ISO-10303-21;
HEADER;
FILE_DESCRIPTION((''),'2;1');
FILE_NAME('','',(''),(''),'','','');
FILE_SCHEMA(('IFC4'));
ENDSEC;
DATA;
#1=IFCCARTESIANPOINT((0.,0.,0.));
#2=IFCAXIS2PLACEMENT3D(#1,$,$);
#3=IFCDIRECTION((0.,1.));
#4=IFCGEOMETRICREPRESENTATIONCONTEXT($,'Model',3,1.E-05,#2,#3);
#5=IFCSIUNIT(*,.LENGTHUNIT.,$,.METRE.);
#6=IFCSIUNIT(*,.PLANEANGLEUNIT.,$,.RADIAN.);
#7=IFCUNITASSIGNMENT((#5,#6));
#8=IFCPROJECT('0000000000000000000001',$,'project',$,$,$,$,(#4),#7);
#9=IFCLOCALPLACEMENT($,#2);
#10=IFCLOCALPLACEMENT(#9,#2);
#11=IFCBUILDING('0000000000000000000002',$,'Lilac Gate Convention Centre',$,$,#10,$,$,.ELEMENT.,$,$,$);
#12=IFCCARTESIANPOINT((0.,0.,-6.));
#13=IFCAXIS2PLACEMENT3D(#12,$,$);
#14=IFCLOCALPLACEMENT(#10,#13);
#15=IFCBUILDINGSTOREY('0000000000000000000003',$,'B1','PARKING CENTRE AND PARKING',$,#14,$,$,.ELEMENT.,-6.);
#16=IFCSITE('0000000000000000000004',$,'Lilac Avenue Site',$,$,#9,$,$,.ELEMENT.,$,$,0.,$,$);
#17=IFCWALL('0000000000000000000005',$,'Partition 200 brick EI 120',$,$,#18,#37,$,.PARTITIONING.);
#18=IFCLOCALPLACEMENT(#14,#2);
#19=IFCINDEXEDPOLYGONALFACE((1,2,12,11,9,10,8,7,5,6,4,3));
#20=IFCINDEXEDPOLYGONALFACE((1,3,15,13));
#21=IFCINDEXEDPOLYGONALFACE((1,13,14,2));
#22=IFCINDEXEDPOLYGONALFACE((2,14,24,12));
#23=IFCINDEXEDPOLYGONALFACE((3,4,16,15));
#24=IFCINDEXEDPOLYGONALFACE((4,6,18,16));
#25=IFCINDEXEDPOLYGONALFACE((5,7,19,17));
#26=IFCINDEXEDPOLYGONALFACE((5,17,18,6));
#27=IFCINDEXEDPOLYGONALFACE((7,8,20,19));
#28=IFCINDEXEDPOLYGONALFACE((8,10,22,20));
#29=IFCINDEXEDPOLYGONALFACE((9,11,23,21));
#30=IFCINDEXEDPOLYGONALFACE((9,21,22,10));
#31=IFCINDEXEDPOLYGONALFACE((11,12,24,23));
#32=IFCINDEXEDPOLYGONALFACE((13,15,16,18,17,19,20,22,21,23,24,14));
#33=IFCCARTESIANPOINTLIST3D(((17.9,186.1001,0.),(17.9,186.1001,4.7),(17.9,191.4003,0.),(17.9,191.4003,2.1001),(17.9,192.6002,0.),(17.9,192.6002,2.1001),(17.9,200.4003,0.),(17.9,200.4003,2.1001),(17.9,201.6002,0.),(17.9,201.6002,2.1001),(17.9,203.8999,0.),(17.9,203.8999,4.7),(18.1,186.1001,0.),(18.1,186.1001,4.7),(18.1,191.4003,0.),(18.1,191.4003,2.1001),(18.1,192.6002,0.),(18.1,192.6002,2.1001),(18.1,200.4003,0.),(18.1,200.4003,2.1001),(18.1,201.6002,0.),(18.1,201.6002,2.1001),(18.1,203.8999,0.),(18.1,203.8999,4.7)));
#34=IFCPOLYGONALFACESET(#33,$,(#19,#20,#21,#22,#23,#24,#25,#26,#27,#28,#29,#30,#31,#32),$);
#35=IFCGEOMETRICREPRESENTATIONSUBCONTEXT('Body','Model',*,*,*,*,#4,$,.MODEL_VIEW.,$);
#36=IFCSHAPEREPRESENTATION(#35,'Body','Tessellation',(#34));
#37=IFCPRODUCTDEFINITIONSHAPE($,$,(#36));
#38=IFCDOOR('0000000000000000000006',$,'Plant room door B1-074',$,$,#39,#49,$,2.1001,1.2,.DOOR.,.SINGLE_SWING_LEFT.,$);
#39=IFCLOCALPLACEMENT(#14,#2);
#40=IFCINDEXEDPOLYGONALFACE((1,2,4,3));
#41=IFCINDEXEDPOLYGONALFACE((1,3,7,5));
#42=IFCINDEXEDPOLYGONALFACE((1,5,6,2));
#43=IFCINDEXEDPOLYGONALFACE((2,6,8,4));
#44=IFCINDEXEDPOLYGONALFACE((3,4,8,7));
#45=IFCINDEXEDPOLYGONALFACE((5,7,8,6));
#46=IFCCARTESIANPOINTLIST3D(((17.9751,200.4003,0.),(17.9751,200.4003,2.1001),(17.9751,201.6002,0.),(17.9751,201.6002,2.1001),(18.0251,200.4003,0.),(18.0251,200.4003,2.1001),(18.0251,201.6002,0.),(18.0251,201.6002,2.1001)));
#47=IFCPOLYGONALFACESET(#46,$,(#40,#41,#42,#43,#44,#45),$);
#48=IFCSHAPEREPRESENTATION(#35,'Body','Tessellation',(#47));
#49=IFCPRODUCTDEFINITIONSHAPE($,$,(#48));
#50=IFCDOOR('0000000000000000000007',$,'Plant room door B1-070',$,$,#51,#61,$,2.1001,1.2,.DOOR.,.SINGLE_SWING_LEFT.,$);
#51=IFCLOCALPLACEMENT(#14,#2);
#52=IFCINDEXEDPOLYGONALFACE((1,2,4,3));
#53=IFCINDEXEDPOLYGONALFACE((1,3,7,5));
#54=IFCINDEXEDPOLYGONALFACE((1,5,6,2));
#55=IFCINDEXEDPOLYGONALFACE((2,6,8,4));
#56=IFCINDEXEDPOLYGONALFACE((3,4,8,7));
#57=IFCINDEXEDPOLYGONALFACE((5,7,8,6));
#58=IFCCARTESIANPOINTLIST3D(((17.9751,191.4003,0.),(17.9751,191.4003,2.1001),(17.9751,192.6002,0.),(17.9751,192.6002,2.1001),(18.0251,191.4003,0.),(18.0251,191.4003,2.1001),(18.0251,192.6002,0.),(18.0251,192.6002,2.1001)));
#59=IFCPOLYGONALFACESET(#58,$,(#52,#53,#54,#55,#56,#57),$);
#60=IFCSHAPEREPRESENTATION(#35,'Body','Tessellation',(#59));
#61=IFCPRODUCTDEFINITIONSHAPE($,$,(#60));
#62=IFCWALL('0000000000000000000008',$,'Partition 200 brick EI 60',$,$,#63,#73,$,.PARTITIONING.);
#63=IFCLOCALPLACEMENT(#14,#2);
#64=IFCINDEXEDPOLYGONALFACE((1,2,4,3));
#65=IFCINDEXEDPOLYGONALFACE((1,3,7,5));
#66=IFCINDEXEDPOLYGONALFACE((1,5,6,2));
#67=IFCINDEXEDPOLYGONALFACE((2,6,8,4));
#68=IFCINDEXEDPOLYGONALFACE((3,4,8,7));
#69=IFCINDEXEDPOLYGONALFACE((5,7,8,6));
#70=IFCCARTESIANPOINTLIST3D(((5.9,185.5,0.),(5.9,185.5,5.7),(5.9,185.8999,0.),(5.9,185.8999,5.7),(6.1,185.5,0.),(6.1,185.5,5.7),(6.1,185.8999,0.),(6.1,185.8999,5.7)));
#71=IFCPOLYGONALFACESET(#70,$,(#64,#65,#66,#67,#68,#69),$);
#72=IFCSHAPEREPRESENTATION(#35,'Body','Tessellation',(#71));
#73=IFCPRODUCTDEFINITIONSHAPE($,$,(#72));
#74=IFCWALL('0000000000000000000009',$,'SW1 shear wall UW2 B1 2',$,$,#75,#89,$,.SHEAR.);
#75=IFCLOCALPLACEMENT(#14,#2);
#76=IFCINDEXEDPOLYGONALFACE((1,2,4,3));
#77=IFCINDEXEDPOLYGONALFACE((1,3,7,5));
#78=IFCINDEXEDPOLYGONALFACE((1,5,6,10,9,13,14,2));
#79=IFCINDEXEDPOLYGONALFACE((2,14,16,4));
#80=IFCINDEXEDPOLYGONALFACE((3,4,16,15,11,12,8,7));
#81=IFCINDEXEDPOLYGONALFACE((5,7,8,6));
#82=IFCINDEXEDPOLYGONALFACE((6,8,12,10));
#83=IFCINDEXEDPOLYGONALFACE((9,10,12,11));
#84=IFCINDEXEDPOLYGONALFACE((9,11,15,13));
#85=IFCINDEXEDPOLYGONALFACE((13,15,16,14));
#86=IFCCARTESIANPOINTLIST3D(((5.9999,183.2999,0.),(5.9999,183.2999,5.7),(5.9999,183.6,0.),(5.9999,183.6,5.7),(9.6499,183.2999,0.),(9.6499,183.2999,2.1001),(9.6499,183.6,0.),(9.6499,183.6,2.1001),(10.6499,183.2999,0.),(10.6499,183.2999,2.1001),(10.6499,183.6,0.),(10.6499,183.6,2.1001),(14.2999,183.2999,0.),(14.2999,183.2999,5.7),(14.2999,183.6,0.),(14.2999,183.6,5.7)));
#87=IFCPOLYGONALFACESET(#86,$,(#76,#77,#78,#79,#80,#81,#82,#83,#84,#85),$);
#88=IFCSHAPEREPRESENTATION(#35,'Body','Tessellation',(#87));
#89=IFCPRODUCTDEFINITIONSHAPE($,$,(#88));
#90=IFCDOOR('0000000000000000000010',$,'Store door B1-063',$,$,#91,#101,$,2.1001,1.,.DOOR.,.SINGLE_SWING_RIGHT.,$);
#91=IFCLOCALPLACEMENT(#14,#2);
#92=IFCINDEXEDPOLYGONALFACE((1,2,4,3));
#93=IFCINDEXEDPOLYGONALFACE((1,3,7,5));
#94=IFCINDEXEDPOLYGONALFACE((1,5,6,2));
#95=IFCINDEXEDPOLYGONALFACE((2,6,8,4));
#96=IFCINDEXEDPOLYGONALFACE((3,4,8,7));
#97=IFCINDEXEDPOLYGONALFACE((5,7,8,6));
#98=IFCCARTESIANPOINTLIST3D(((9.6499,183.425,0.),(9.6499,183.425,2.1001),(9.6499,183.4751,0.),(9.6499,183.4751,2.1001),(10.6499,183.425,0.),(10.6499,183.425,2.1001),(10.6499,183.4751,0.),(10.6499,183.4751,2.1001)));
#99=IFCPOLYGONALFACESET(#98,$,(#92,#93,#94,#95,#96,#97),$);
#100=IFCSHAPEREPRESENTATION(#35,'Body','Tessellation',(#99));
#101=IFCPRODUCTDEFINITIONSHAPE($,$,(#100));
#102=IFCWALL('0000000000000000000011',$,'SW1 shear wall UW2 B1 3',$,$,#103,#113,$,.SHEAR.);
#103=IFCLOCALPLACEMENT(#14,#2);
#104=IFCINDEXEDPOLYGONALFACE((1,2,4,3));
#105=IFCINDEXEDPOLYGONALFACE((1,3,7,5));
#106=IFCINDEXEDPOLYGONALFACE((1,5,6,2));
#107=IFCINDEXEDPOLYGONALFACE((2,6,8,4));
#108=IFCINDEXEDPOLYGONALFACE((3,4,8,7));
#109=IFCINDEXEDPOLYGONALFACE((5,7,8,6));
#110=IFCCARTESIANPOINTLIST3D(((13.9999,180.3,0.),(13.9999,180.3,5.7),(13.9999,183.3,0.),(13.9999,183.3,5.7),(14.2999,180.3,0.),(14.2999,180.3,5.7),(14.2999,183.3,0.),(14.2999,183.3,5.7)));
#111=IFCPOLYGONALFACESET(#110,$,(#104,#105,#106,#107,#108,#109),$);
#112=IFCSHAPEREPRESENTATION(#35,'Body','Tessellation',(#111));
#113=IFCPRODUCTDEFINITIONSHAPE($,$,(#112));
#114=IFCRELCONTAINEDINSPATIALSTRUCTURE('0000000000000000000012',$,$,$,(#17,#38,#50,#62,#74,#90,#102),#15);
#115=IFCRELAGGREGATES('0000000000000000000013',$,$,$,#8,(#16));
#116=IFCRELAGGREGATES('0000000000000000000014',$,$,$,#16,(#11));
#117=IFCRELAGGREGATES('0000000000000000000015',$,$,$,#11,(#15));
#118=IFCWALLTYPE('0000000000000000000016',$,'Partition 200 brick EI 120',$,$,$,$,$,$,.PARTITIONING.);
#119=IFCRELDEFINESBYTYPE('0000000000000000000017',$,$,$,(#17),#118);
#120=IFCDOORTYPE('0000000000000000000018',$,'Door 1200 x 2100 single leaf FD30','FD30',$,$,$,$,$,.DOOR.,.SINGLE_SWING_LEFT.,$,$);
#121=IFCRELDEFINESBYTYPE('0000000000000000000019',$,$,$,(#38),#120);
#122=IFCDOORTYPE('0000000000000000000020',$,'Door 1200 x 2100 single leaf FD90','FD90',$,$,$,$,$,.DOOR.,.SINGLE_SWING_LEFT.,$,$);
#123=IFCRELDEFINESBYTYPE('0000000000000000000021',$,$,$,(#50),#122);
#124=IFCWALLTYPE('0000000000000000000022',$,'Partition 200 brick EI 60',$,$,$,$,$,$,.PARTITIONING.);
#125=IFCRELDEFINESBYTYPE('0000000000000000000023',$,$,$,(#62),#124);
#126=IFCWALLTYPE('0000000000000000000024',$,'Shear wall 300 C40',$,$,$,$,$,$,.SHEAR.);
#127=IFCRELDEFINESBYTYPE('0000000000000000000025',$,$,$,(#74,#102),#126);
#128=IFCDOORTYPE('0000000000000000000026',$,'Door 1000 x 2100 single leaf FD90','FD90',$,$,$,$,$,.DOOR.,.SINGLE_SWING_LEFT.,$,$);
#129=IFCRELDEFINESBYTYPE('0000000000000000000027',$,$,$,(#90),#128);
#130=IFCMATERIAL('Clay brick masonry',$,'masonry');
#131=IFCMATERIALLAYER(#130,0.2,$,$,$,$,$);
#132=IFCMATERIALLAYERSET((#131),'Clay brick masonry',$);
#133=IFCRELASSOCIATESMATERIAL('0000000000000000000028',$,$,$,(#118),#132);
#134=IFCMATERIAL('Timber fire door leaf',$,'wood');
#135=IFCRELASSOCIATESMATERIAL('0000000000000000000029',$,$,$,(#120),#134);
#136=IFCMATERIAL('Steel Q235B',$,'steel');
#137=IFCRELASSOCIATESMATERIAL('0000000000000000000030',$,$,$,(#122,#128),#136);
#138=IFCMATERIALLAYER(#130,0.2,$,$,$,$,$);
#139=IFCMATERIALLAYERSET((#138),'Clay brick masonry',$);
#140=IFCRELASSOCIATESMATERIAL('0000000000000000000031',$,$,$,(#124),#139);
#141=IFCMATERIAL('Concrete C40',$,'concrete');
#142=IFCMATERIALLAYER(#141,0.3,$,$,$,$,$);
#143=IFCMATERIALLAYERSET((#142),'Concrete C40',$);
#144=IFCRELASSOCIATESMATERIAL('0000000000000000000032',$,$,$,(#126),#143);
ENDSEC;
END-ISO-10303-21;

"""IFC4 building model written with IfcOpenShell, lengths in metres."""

from ifc_helpers import new_model, si_unit, direction, frame, frame_2d, origin, place, context, subcontext, project, spatial, rectangle, extrude, material, layer, layer_set, type_object, element, fill, save


model = new_model("IFC4")

# Units and contexts
model_context = context("Model", 3, precision=1e-05, world=origin(), true_north=direction((0.0, 1.0)))
body_context = subcontext(model_context, "Body", "Model", "MODEL_VIEW")
ifc_project = project(units=[si_unit("LENGTHUNIT", "METRE"), si_unit("PLANEANGLEUNIT", "RADIAN")], contexts=[model_context])

# Site, building, storey
site_placement = place(None, origin())
site = spatial("IfcSite", under=ifc_project, at=site_placement, Name="Lilac Avenue Site", CompositionType="ELEMENT", RefElevation=0.0)
building_placement = place(site_placement, origin())
building = spatial("IfcBuilding", under=site, at=building_placement, Name="Lilac Gate Convention Centre", CompositionType="ELEMENT")
storey_placement = place(building_placement, frame((0.0, 0.0, -6.0)))
storey = spatial("IfcBuildingStorey", under=building, at=storey_placement, Name="B1", Description="PARKING CENTRE AND PARKING", CompositionType="ELEMENT", Elevation=-6.0)

# Shared definitions
ifc_material_1 = material(Name="Concrete C40", Category="concrete")

# Shared definitions
ifc_material_2 = material(Name="Clay brick masonry", Category="masonry")
ifc_layer_1 = layer(ifc_material_2, 0.2)
ifc_layer_set_1 = layer_set([ifc_layer_1], Name="Clay brick masonry")
wall_type_1 = type_object("IfcWallType", Name="Partition 200 brick EI 120", PredefinedType="PARTITIONING", material=ifc_layer_set_1)

# Wall, openings, doors
wall_1_placement = place(storey_placement, frame((18.0, 186.1001, 0.0), z_axis=(0.0, 0.0, 1.0), x_axis=(0.0, 1.0, 0.0)))
wall_1 = element("IfcWall", 1, at=wall_1_placement, inside=storey, type_object=wall_type_1, Name="Partition 200 brick EI 120", PredefinedType="PARTITIONING", context=body_context, shape_type="SweptSolid", body=[
    extrude(rectangle(XDim=17.7998, YDim=0.2, at=frame_2d((8.8999, 0.0))), origin(), (0.0, 0.0, 1.0), 4.7),
])
opening_1_placement = place(wall_1_placement, frame((5.3, 0.0, 0.0)))
opening_1 = element("IfcOpeningElement", 2, at=opening_1_placement, cuts=wall_1, PredefinedType="OPENING", context=body_context, shape_type="SweptSolid", body=[
    extrude(rectangle(XDim=1.2, YDim=2.1001, at=frame_2d((0.6001, 1.05))), frame((0.0, 0.1099, 0.0), z_axis=(0.0, -1.0, 0.0), x_axis=(1.0, 0.0, 0.0)), (0.0, 0.0, 1.0), 0.22),
])
opening_2_placement = place(wall_1_placement, frame((14.3, 0.0, 0.0)))
opening_2 = element("IfcOpeningElement", 3, at=opening_2_placement, cuts=wall_1, PredefinedType="OPENING", context=body_context, shape_type="SweptSolid", body=[
    extrude(rectangle(XDim=1.2, YDim=2.1001, at=frame_2d((0.6001, 1.05))), frame((0.0, 0.1099, 0.0), z_axis=(0.0, -1.0, 0.0), x_axis=(1.0, 0.0, 0.0)), (0.0, 0.0, 1.0), 0.22),
])
ifc_material_3 = material(Name="Timber fire door leaf", Category="wood")
door_type_1 = type_object("IfcDoorType", Name="Door 1200 x 2100 single leaf FD30", Description="FD30", OperationType="SINGLE_SWING_LEFT", PredefinedType="DOOR", material=ifc_material_3)
door_1_placement = place(opening_2_placement, origin())
door_1 = element("IfcDoor", 4, at=door_1_placement, inside=storey, type_object=door_type_1, Name="Plant room door B1-074", OperationType="SINGLE_SWING_LEFT", OverallHeight=2.1001, OverallWidth=1.2, PredefinedType="DOOR", context=body_context, shape_type="SweptSolid", body=[
    extrude(rectangle(XDim=1.2, YDim=2.1001, at=frame_2d((0.6001, 1.05))), frame((0.0, 0.0249, 0.0), z_axis=(0.0, -1.0, 0.0), x_axis=(1.0, 0.0, 0.0)), (0.0, 0.0, 1.0), 0.05),
])
fill(opening_2, door_1)
ifc_material_4 = material(Name="Steel Q235B", Category="steel")
door_type_2 = type_object("IfcDoorType", Name="Door 1200 x 2100 single leaf FD90", Description="FD90", OperationType="SINGLE_SWING_LEFT", PredefinedType="DOOR", material=ifc_material_4)
door_2_placement = place(opening_1_placement, origin())
door_2 = element("IfcDoor", 5, at=door_2_placement, inside=storey, type_object=door_type_2, Name="Plant room door B1-070", OperationType="SINGLE_SWING_LEFT", OverallHeight=2.1001, OverallWidth=1.2, PredefinedType="DOOR", context=body_context, shape_type="SweptSolid", body=[
    extrude(rectangle(XDim=1.2, YDim=2.1001, at=frame_2d((0.6001, 1.05))), frame((0.0, 0.0249, 0.0), z_axis=(0.0, -1.0, 0.0), x_axis=(1.0, 0.0, 0.0)), (0.0, 0.0, 1.0), 0.05),
])
fill(opening_1, door_2)

# Wall
ifc_layer_2 = layer(ifc_material_2, 0.2)
ifc_layer_set_2 = layer_set([ifc_layer_2], Name="Clay brick masonry")
wall_type_2 = type_object("IfcWallType", Name="Partition 200 brick EI 60", PredefinedType="PARTITIONING", material=ifc_layer_set_2)
wall_2_placement = place(storey_placement, frame((6.0, 185.5, 0.0), z_axis=(0.0, 0.0, 1.0), x_axis=(0.0, 1.0, 0.0)))
element("IfcWall", 6, at=wall_2_placement, inside=storey, type_object=wall_type_2, Name="Partition 200 brick EI 60", PredefinedType="PARTITIONING", context=body_context, shape_type="SweptSolid", body=[
    extrude(rectangle(XDim=0.3999, YDim=0.2, at=frame_2d((0.2, 0.0))), origin(), (0.0, 0.0, 1.0), 5.7),
])

# Wall, opening, door
ifc_layer_3 = layer(ifc_material_1, 0.3)
ifc_layer_set_3 = layer_set([ifc_layer_3], Name="Concrete C40")
wall_type_3 = type_object("IfcWallType", Name="Shear wall 300 C40", PredefinedType="SHEAR", material=ifc_layer_set_3)
wall_3_placement = place(storey_placement, frame((6.0, 183.45, 0.0), z_axis=(0.0, 0.0, 1.0), x_axis=(1.0, 0.0, 0.0)))
wall_3 = element("IfcWall", 7, at=wall_3_placement, inside=storey, type_object=wall_type_3, Name="SW1 shear wall UW2 B1 2", PredefinedType="SHEAR", context=body_context, shape_type="SweptSolid", body=[
    extrude(rectangle(XDim=8.3, YDim=0.3, at=frame_2d((4.1499, 0.0))), origin(), (0.0, 0.0, 1.0), 5.7),
])
opening_3_placement = place(wall_3_placement, frame((3.6499, 0.0, 0.0)))
opening_3 = element("IfcOpeningElement", 8, at=opening_3_placement, cuts=wall_3, PredefinedType="OPENING", context=body_context, shape_type="SweptSolid", body=[
    extrude(rectangle(XDim=1.0, YDim=2.1001, at=frame_2d((0.5, 1.05))), frame((0.0, 0.1599, 0.0), z_axis=(0.0, -1.0, 0.0), x_axis=(1.0, 0.0, 0.0)), (0.0, 0.0, 1.0), 0.3201),
])
door_type_3 = type_object("IfcDoorType", Name="Door 1000 x 2100 single leaf FD90", Description="FD90", OperationType="SINGLE_SWING_LEFT", PredefinedType="DOOR", material=ifc_material_4)
door_3_placement = place(opening_3_placement, frame((1.0, 0.0, 0.0), z_axis=(0.0, 0.0, 1.0), x_axis=(-1.0, 0.0, 0.0)))
door_3 = element("IfcDoor", 9, at=door_3_placement, inside=storey, type_object=door_type_3, Name="Store door B1-063", OperationType="SINGLE_SWING_RIGHT", OverallHeight=2.1001, OverallWidth=1.0, PredefinedType="DOOR", context=body_context, shape_type="SweptSolid", body=[
    extrude(rectangle(XDim=1.0, YDim=2.1001, at=frame_2d((0.5, 1.05))), frame((0.0, 0.0249, 0.0), z_axis=(0.0, -1.0, 0.0), x_axis=(1.0, 0.0, 0.0)), (0.0, 0.0, 1.0), 0.05),
])
fill(opening_3, door_3)

# Wall
wall_4_placement = place(storey_placement, frame((14.1499, 180.3, 0.0), z_axis=(0.0, 0.0, 1.0), x_axis=(0.0, 1.0, 0.0)))
element("IfcWall", 10, at=wall_4_placement, inside=storey, type_object=wall_type_3, Name="SW1 shear wall UW2 B1 3", PredefinedType="SHEAR", context=body_context, shape_type="SweptSolid", body=[
    extrude(rectangle(XDim=3.0, YDim=0.3, at=frame_2d((1.5, 0.0))), origin(), (0.0, 0.0, 1.0), 5.7),
])

save(model, "model.ifc")
